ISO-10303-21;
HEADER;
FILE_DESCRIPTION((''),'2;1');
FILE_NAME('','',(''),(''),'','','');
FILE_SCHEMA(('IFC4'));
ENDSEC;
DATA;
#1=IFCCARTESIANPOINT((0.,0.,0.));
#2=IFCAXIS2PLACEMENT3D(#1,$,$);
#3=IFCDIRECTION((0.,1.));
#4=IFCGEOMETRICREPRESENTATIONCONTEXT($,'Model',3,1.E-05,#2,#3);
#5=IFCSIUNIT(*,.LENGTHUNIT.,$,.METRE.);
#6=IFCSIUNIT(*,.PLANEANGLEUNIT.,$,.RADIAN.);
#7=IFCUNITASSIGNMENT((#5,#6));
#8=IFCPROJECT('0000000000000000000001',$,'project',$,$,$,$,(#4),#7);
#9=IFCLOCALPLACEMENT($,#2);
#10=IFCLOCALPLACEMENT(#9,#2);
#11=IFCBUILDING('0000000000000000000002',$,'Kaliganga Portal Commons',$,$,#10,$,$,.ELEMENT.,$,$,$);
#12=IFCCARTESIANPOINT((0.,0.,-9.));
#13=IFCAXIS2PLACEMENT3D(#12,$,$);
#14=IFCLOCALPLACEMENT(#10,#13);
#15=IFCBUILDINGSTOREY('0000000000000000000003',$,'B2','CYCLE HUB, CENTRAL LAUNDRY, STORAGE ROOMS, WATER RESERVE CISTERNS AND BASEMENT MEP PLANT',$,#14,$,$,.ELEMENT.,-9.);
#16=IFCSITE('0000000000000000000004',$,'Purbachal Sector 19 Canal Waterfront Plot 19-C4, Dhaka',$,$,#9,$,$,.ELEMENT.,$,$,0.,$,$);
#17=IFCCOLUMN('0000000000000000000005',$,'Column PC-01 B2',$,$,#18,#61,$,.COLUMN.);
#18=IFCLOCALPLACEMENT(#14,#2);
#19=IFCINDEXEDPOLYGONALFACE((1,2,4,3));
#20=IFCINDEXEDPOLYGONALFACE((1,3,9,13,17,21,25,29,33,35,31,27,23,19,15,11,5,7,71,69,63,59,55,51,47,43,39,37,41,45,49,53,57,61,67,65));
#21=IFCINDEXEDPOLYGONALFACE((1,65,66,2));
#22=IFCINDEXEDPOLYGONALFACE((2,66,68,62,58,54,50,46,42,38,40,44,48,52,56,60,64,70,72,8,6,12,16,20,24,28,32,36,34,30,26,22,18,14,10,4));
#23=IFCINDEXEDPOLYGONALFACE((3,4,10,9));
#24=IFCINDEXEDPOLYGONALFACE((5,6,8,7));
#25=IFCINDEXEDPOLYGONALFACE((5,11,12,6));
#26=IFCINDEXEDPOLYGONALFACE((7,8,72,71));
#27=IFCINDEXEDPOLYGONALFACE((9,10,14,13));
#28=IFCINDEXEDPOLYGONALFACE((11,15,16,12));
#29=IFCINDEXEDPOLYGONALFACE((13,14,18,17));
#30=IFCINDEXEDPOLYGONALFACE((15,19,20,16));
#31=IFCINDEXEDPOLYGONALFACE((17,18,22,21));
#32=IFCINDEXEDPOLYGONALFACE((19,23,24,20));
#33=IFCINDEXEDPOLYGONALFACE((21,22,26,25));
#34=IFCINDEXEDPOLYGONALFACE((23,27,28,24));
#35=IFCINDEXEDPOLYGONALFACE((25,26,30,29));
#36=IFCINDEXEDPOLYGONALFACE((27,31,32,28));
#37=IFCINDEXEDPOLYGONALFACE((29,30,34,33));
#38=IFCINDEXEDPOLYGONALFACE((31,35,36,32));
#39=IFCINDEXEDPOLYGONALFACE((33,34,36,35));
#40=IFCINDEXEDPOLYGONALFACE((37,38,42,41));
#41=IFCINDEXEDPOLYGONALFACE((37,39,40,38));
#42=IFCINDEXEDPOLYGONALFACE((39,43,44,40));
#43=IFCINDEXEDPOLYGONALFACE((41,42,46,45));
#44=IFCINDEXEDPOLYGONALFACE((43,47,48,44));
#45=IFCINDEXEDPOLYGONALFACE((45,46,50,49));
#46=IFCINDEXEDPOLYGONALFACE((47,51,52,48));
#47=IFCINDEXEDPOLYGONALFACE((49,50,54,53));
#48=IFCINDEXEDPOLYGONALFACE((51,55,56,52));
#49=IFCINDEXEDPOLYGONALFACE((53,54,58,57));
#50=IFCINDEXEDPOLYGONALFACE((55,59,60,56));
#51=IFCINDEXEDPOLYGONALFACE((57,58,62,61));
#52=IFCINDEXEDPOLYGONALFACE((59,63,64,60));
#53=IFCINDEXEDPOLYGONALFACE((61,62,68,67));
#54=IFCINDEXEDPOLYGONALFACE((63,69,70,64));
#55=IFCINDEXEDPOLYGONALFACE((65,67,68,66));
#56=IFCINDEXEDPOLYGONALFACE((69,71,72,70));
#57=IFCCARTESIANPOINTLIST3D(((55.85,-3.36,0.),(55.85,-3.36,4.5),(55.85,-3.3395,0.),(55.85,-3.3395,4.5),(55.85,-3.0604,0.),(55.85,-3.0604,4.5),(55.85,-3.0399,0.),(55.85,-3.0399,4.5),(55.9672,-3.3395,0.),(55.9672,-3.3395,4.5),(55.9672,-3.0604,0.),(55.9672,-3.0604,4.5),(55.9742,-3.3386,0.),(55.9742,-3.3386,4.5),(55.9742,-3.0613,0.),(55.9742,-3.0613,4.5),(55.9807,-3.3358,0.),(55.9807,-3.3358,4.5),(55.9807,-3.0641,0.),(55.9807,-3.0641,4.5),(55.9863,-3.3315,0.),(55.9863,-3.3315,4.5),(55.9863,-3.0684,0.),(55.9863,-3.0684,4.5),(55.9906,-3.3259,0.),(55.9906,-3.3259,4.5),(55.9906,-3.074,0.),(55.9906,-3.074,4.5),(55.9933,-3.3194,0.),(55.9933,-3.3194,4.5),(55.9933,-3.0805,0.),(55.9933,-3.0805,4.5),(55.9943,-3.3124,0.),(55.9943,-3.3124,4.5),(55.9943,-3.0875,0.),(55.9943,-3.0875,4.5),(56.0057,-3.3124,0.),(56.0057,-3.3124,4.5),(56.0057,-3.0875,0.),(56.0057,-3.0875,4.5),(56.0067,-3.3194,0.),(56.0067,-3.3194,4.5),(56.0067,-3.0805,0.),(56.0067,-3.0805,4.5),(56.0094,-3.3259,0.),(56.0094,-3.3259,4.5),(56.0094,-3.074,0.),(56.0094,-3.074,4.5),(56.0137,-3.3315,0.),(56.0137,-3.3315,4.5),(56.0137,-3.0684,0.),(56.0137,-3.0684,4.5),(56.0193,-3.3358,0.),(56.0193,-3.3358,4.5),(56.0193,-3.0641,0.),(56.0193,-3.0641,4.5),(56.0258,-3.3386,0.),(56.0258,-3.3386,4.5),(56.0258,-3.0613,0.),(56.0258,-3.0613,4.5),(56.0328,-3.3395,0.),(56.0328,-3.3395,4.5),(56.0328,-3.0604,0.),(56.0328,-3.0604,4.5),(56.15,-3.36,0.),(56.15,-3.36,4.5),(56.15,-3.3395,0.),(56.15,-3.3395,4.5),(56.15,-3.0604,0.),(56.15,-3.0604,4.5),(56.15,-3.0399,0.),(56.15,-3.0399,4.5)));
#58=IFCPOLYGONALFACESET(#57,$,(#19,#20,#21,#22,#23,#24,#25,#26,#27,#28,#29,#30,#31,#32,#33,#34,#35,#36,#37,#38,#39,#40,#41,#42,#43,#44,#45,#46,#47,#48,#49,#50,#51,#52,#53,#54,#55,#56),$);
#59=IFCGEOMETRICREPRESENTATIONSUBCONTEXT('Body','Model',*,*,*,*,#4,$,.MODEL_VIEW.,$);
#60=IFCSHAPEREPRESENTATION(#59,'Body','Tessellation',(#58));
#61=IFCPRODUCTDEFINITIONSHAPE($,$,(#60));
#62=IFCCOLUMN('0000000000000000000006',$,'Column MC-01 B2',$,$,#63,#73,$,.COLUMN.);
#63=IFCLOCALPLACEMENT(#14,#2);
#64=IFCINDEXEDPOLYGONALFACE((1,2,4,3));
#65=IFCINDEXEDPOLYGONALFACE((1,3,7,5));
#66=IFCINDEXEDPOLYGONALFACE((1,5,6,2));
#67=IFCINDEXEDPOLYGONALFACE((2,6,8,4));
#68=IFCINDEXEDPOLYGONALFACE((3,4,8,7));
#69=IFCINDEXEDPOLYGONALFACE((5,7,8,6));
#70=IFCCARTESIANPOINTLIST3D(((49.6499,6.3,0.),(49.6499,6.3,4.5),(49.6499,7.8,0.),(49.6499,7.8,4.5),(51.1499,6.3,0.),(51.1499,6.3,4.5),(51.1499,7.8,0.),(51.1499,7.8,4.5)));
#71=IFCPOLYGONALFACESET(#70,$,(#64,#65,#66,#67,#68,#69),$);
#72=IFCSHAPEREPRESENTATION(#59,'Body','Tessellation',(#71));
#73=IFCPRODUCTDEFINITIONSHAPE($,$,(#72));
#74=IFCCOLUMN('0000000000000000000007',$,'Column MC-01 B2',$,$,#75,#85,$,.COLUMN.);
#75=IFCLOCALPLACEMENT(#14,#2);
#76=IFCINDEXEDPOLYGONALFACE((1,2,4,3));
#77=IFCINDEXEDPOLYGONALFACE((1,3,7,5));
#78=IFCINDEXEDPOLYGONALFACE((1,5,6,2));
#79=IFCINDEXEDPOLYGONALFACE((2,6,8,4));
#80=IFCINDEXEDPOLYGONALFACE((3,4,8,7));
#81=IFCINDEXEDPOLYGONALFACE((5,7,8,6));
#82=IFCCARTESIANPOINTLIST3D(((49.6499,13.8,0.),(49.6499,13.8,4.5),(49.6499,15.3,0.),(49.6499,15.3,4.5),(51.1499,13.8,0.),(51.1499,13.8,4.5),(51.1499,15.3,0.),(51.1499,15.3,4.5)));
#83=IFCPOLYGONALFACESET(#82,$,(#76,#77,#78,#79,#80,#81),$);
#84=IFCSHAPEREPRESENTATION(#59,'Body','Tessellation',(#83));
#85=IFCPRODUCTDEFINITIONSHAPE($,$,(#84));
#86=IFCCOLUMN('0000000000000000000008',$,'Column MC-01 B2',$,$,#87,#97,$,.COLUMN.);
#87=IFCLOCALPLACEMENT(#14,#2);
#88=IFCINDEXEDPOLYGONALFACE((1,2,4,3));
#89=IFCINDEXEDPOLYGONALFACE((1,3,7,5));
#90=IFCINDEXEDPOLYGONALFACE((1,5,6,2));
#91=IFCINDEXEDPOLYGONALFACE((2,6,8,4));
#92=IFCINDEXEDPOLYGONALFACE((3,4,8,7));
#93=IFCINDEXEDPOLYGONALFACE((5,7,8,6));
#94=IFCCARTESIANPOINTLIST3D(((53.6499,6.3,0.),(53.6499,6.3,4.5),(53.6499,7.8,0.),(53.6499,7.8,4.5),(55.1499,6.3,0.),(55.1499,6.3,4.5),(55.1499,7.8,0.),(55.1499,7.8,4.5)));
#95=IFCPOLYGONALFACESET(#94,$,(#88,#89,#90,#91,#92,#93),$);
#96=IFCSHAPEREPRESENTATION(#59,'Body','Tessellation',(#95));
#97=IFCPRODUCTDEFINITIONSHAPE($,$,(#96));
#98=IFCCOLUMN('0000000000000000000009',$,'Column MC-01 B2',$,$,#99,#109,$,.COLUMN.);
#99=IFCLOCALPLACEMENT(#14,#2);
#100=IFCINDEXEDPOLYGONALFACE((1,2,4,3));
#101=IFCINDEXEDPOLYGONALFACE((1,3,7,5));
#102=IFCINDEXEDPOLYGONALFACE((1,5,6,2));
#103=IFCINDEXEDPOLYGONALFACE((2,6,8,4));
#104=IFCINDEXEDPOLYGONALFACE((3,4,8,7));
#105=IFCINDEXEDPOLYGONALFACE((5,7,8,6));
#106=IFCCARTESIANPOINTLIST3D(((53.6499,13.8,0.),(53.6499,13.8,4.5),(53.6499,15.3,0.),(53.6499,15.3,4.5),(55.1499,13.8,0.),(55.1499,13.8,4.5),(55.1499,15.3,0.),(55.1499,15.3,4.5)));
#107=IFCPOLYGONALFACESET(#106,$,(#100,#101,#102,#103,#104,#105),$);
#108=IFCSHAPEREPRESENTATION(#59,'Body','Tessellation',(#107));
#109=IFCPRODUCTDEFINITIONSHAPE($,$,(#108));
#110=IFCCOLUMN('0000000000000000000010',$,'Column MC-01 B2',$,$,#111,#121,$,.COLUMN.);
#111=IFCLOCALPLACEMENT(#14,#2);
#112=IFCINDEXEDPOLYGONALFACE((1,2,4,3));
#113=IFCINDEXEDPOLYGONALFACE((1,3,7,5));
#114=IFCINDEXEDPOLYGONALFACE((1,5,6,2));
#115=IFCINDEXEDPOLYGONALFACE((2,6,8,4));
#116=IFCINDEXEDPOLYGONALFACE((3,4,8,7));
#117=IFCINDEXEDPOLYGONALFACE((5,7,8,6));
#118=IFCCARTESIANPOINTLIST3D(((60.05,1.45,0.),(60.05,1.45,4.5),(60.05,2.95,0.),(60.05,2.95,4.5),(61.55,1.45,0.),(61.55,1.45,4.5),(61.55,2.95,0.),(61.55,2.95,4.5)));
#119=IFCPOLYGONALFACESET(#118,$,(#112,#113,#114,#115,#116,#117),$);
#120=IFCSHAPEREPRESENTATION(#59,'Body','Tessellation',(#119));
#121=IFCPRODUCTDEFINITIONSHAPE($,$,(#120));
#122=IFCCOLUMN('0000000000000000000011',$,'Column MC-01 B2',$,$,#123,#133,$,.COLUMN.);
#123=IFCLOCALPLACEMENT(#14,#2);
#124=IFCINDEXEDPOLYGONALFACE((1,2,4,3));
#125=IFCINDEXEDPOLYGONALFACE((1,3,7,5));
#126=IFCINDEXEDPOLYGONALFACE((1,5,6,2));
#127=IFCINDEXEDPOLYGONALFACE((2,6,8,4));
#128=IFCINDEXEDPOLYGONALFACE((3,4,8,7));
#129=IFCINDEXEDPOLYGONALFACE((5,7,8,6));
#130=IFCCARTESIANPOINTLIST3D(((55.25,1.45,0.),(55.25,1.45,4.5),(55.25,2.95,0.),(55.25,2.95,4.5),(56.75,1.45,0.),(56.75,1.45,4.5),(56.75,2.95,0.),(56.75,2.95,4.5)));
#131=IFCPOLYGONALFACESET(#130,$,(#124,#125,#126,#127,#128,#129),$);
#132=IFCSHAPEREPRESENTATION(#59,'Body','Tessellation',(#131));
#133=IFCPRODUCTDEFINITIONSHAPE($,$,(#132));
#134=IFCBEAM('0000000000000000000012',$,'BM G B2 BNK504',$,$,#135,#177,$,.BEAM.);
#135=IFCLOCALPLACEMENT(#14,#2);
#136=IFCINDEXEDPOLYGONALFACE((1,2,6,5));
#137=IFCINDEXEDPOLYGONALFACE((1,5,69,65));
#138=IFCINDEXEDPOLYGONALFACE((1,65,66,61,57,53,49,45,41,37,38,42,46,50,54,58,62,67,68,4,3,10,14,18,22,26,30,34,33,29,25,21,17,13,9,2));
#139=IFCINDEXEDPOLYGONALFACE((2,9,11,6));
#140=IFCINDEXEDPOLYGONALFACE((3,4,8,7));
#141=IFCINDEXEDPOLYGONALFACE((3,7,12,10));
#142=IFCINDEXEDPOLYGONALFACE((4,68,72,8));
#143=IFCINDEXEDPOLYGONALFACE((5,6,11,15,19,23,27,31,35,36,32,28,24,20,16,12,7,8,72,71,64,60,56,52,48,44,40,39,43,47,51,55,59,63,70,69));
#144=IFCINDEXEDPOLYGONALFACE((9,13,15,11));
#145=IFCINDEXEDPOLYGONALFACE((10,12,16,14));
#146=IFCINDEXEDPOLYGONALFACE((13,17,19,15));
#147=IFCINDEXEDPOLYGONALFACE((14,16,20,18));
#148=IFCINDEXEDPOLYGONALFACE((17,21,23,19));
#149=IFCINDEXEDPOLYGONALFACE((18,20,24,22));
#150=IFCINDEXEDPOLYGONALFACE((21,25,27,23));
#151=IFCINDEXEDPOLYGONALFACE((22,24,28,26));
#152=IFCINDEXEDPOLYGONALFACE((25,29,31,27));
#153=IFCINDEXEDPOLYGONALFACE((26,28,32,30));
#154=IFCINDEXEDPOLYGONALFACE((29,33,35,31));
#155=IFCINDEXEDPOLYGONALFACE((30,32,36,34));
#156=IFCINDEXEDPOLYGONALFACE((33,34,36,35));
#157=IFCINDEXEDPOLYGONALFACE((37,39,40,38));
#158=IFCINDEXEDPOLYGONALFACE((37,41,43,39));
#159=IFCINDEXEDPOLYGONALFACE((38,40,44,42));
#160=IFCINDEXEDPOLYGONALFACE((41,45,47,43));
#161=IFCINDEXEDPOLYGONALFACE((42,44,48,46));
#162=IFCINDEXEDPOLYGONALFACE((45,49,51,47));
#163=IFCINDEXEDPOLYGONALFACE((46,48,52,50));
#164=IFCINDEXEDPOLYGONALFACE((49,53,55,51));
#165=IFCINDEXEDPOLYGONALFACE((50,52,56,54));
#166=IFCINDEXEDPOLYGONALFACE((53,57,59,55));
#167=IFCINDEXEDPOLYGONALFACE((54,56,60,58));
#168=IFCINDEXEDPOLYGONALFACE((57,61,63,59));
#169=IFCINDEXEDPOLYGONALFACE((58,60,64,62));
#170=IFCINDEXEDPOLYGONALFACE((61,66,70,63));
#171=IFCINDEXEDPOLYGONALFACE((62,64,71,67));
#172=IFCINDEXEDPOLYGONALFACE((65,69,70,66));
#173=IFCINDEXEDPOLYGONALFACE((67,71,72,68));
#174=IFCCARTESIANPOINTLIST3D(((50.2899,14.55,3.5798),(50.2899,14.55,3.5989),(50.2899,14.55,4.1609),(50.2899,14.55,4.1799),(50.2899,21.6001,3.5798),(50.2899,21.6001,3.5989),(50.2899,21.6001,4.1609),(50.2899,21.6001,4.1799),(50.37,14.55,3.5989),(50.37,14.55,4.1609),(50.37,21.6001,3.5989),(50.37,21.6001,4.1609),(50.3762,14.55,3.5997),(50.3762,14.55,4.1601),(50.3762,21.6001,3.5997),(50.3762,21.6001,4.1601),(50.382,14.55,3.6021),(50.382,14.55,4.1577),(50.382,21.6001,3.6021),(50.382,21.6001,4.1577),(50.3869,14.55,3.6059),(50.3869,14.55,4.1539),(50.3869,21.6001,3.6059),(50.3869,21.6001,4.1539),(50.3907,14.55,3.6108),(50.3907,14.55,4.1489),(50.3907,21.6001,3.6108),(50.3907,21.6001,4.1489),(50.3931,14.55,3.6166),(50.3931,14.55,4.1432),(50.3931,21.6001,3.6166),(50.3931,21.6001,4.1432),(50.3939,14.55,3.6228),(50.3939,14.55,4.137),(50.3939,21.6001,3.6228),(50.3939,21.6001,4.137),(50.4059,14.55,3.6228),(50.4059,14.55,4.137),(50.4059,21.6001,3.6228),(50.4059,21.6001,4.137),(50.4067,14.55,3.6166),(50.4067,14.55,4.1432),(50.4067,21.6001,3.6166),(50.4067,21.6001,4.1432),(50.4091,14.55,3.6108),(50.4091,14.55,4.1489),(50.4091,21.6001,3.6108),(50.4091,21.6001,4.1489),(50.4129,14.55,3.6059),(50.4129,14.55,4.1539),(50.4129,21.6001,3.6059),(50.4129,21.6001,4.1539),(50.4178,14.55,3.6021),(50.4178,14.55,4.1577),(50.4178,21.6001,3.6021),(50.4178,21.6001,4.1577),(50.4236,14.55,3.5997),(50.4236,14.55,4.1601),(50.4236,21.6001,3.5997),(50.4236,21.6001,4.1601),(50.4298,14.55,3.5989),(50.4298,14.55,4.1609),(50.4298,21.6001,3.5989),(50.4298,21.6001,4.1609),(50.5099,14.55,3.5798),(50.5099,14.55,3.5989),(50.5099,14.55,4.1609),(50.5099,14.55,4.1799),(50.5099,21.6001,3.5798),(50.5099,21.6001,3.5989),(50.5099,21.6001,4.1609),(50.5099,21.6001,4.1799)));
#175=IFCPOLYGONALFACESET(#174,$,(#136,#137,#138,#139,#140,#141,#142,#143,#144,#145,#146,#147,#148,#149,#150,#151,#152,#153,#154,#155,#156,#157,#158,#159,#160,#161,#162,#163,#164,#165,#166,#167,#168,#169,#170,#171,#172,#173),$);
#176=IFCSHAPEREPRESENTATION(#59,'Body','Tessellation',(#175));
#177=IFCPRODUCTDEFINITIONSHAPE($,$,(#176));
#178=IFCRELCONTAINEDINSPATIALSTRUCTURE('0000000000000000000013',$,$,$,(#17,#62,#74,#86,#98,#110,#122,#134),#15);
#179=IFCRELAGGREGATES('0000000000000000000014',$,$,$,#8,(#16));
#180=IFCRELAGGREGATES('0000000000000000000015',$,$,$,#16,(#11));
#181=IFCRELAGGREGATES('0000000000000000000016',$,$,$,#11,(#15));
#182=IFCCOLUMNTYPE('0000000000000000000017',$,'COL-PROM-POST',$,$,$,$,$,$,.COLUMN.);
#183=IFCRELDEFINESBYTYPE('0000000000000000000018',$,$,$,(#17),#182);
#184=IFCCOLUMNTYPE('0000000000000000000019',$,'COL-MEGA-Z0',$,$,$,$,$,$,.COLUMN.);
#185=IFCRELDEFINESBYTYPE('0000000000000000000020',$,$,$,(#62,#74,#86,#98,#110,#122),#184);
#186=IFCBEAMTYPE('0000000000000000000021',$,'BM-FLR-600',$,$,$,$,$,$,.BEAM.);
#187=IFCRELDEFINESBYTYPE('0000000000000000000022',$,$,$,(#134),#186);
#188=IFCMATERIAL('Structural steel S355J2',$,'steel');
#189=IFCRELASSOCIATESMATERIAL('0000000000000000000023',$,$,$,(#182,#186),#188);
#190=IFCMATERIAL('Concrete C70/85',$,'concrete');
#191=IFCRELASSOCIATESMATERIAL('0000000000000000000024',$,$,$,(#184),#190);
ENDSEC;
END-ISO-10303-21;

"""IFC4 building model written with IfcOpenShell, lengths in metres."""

from ifc_helpers import new_model, si_unit, direction, frame, origin, origin_2d, place, context, subcontext, project, spatial, rectangle, i_section, extrude, source, transform, mapped, material, material_profile, profile_set, type_object, element, save


model = new_model("IFC4")

# Units and contexts
model_context = context("Model", 3, precision=1e-05, world=origin(), true_north=direction((0.0, 1.0)))
body_context = subcontext(model_context, "Body", "Model", "MODEL_VIEW")
ifc_project = project(units=[si_unit("LENGTHUNIT", "METRE"), si_unit("PLANEANGLEUNIT", "RADIAN")], contexts=[model_context])

# Site, building, storey
site_placement = place(None, origin())
site = spatial("IfcSite", under=ifc_project, at=site_placement, Name="Purbachal Sector 19 Canal Waterfront Plot 19-C4, Dhaka", CompositionType="ELEMENT", RefElevation=0.0)
building_placement = place(site_placement, origin())
building = spatial("IfcBuilding", under=site, at=building_placement, Name="Kaliganga Portal Commons", CompositionType="ELEMENT")
storey_placement = place(building_placement, frame((0.0, 0.0, -9.0)))
storey = spatial("IfcBuildingStorey", under=building, at=storey_placement, Name="B2", Description="CYCLE HUB, CENTRAL LAUNDRY, STORAGE ROOMS, WATER RESERVE CISTERNS AND BASEMENT MEP PLANT", CompositionType="ELEMENT", Elevation=-9.0)

# Columns
ifc_material_1 = material(Name="Structural steel S355J2", Category="steel")
ifc_material_profile_1 = material_profile(ifc_material_1, i_section(OverallWidth=0.3, OverallDepth=0.3201, WebThickness=0.0115, FlangeThickness=0.0205, FilletRadius=0.0271, at=origin_2d()), Name="HE 320 B")
ifc_profile_set_1 = profile_set([ifc_material_profile_1], Name="Structural steel S355J2 wide-flange")
column_type_1 = type_object("IfcColumnType", Name="COL-PROM-POST", PredefinedType="COLUMN", material=ifc_profile_set_1)
shared_shape_1 = source(origin(), body_context, "Body", "SweptSolid", [
    extrude(i_section(OverallWidth=0.3, OverallDepth=0.3201, WebThickness=0.0115, FlangeThickness=0.0205, FilletRadius=0.0271, at=origin_2d()), origin(), (0.0, 0.0, 1.0), 4.5),
])
column_placement = place(storey_placement, frame((56.0, -3.2, 0.0), z_axis=(0.0, 0.0, 1.0), x_axis=(1.0, 0.0, 0.0)))
element("IfcColumn", 1, at=column_placement, inside=storey, type_object=column_type_1, Name="Column PC-01 B2", PredefinedType="COLUMN", context=body_context, shape_type="MappedRepresentation", body=[
    mapped(shared_shape_1, transform((0.0, 0.0, 0.0), x_axis=(1.0, 0.0, 0.0), y_axis=(0.0, 1.0, 0.0), z_axis=(0.0, 0.0, 1.0), scale=1.0)),
])
ifc_material_2 = material(Name="Concrete C70/85", Category="concrete")
ifc_material_profile_2 = material_profile(ifc_material_2, rectangle(XDim=1.5, YDim=1.5, at=origin_2d()), Name="RC 1500x1500")
ifc_profile_set_2 = profile_set([ifc_material_profile_2], Name="Concrete C70/85")
column_type_2 = type_object("IfcColumnType", Name="COL-MEGA-Z0", PredefinedType="COLUMN", material=ifc_profile_set_2)
shared_shape_2 = source(origin(), body_context, "Body", "SweptSolid", [
    extrude(rectangle(XDim=1.5, YDim=1.5, at=origin_2d()), origin(), (0.0, 0.0, 1.0), 4.5),
])
for number, where, z_axis, x_axis, name in (
    (2, (50.3999, 7.05, 0.0), (0.0, 0.0, 1.0), (1.0, 0.0, 0.0), "Column MC-01 B2"),
    (3, (50.3999, 14.55, 0.0), (0.0, 0.0, 1.0), (1.0, 0.0, 0.0), "Column MC-01 B2"),
    (4, (54.3999, 7.05, 0.0), (0.0, 0.0, 1.0), (1.0, 0.0, 0.0), "Column MC-01 B2"),
    (5, (54.3999, 14.55, 0.0), (0.0, 0.0, 1.0), (1.0, 0.0, 0.0), "Column MC-01 B2"),
    (6, (60.8, 2.2, 0.0), (0.0, 0.0, 1.0), (1.0, 0.0, 0.0), "Column MC-01 B2"),
    (7, (56.0, 2.2, 0.0), (0.0, 0.0, 1.0), (1.0, 0.0, 0.0), "Column MC-01 B2"),
):
    element("IfcColumn", number, at=place(storey_placement, frame(where, z_axis=z_axis, x_axis=x_axis)), inside=storey, type_object=column_type_2, Name=name, PredefinedType="COLUMN", context=body_context, shape_type="MappedRepresentation", body=[
        mapped(shared_shape_2, transform((0.0, 0.0, 0.0), x_axis=(1.0, 0.0, 0.0), y_axis=(0.0, 1.0, 0.0), z_axis=(0.0, 0.0, 1.0), scale=1.0)),
    ])

# Beam
ifc_material_profile_3 = material_profile(ifc_material_1, i_section(OverallWidth=0.22, OverallDepth=0.6001, WebThickness=0.012, FlangeThickness=0.019, FilletRadius=0.0239, at=origin_2d()), Name="IPE 600")
ifc_profile_set_3 = profile_set([ifc_material_profile_3], Name="Structural steel S355J2 wide-flange")
beam_type_1 = type_object("IfcBeamType", Name="BM-FLR-600", PredefinedType="BEAM", material=ifc_profile_set_3)
shared_shape_3 = source(origin(), body_context, "Body", "SweptSolid", [
    extrude(i_section(OverallWidth=0.22, OverallDepth=0.6001, WebThickness=0.012, FlangeThickness=0.019, FilletRadius=0.0239, at=origin_2d()), origin(), (0.0, 0.0, 1.0), 7.05),
])
for number, where, z_axis, x_axis, name in (
    (8, (50.3999, 14.55, 3.8799), (0.0, 1.0, 0.0), (-1.0, 0.0, 0.0), "BM G B2 BNK504"),
):
    element("IfcBeam", number, at=place(storey_placement, frame(where, z_axis=z_axis, x_axis=x_axis)), inside=storey, type_object=beam_type_1, Name=name, PredefinedType="BEAM", context=body_context, shape_type="MappedRepresentation", body=[
        mapped(shared_shape_3, transform((0.0, 0.0, 0.0), x_axis=(1.0, 0.0, 0.0), y_axis=(0.0, 1.0, 0.0), z_axis=(0.0, 0.0, 1.0), scale=1.0)),
    ])

save(model, "model.ifc")
